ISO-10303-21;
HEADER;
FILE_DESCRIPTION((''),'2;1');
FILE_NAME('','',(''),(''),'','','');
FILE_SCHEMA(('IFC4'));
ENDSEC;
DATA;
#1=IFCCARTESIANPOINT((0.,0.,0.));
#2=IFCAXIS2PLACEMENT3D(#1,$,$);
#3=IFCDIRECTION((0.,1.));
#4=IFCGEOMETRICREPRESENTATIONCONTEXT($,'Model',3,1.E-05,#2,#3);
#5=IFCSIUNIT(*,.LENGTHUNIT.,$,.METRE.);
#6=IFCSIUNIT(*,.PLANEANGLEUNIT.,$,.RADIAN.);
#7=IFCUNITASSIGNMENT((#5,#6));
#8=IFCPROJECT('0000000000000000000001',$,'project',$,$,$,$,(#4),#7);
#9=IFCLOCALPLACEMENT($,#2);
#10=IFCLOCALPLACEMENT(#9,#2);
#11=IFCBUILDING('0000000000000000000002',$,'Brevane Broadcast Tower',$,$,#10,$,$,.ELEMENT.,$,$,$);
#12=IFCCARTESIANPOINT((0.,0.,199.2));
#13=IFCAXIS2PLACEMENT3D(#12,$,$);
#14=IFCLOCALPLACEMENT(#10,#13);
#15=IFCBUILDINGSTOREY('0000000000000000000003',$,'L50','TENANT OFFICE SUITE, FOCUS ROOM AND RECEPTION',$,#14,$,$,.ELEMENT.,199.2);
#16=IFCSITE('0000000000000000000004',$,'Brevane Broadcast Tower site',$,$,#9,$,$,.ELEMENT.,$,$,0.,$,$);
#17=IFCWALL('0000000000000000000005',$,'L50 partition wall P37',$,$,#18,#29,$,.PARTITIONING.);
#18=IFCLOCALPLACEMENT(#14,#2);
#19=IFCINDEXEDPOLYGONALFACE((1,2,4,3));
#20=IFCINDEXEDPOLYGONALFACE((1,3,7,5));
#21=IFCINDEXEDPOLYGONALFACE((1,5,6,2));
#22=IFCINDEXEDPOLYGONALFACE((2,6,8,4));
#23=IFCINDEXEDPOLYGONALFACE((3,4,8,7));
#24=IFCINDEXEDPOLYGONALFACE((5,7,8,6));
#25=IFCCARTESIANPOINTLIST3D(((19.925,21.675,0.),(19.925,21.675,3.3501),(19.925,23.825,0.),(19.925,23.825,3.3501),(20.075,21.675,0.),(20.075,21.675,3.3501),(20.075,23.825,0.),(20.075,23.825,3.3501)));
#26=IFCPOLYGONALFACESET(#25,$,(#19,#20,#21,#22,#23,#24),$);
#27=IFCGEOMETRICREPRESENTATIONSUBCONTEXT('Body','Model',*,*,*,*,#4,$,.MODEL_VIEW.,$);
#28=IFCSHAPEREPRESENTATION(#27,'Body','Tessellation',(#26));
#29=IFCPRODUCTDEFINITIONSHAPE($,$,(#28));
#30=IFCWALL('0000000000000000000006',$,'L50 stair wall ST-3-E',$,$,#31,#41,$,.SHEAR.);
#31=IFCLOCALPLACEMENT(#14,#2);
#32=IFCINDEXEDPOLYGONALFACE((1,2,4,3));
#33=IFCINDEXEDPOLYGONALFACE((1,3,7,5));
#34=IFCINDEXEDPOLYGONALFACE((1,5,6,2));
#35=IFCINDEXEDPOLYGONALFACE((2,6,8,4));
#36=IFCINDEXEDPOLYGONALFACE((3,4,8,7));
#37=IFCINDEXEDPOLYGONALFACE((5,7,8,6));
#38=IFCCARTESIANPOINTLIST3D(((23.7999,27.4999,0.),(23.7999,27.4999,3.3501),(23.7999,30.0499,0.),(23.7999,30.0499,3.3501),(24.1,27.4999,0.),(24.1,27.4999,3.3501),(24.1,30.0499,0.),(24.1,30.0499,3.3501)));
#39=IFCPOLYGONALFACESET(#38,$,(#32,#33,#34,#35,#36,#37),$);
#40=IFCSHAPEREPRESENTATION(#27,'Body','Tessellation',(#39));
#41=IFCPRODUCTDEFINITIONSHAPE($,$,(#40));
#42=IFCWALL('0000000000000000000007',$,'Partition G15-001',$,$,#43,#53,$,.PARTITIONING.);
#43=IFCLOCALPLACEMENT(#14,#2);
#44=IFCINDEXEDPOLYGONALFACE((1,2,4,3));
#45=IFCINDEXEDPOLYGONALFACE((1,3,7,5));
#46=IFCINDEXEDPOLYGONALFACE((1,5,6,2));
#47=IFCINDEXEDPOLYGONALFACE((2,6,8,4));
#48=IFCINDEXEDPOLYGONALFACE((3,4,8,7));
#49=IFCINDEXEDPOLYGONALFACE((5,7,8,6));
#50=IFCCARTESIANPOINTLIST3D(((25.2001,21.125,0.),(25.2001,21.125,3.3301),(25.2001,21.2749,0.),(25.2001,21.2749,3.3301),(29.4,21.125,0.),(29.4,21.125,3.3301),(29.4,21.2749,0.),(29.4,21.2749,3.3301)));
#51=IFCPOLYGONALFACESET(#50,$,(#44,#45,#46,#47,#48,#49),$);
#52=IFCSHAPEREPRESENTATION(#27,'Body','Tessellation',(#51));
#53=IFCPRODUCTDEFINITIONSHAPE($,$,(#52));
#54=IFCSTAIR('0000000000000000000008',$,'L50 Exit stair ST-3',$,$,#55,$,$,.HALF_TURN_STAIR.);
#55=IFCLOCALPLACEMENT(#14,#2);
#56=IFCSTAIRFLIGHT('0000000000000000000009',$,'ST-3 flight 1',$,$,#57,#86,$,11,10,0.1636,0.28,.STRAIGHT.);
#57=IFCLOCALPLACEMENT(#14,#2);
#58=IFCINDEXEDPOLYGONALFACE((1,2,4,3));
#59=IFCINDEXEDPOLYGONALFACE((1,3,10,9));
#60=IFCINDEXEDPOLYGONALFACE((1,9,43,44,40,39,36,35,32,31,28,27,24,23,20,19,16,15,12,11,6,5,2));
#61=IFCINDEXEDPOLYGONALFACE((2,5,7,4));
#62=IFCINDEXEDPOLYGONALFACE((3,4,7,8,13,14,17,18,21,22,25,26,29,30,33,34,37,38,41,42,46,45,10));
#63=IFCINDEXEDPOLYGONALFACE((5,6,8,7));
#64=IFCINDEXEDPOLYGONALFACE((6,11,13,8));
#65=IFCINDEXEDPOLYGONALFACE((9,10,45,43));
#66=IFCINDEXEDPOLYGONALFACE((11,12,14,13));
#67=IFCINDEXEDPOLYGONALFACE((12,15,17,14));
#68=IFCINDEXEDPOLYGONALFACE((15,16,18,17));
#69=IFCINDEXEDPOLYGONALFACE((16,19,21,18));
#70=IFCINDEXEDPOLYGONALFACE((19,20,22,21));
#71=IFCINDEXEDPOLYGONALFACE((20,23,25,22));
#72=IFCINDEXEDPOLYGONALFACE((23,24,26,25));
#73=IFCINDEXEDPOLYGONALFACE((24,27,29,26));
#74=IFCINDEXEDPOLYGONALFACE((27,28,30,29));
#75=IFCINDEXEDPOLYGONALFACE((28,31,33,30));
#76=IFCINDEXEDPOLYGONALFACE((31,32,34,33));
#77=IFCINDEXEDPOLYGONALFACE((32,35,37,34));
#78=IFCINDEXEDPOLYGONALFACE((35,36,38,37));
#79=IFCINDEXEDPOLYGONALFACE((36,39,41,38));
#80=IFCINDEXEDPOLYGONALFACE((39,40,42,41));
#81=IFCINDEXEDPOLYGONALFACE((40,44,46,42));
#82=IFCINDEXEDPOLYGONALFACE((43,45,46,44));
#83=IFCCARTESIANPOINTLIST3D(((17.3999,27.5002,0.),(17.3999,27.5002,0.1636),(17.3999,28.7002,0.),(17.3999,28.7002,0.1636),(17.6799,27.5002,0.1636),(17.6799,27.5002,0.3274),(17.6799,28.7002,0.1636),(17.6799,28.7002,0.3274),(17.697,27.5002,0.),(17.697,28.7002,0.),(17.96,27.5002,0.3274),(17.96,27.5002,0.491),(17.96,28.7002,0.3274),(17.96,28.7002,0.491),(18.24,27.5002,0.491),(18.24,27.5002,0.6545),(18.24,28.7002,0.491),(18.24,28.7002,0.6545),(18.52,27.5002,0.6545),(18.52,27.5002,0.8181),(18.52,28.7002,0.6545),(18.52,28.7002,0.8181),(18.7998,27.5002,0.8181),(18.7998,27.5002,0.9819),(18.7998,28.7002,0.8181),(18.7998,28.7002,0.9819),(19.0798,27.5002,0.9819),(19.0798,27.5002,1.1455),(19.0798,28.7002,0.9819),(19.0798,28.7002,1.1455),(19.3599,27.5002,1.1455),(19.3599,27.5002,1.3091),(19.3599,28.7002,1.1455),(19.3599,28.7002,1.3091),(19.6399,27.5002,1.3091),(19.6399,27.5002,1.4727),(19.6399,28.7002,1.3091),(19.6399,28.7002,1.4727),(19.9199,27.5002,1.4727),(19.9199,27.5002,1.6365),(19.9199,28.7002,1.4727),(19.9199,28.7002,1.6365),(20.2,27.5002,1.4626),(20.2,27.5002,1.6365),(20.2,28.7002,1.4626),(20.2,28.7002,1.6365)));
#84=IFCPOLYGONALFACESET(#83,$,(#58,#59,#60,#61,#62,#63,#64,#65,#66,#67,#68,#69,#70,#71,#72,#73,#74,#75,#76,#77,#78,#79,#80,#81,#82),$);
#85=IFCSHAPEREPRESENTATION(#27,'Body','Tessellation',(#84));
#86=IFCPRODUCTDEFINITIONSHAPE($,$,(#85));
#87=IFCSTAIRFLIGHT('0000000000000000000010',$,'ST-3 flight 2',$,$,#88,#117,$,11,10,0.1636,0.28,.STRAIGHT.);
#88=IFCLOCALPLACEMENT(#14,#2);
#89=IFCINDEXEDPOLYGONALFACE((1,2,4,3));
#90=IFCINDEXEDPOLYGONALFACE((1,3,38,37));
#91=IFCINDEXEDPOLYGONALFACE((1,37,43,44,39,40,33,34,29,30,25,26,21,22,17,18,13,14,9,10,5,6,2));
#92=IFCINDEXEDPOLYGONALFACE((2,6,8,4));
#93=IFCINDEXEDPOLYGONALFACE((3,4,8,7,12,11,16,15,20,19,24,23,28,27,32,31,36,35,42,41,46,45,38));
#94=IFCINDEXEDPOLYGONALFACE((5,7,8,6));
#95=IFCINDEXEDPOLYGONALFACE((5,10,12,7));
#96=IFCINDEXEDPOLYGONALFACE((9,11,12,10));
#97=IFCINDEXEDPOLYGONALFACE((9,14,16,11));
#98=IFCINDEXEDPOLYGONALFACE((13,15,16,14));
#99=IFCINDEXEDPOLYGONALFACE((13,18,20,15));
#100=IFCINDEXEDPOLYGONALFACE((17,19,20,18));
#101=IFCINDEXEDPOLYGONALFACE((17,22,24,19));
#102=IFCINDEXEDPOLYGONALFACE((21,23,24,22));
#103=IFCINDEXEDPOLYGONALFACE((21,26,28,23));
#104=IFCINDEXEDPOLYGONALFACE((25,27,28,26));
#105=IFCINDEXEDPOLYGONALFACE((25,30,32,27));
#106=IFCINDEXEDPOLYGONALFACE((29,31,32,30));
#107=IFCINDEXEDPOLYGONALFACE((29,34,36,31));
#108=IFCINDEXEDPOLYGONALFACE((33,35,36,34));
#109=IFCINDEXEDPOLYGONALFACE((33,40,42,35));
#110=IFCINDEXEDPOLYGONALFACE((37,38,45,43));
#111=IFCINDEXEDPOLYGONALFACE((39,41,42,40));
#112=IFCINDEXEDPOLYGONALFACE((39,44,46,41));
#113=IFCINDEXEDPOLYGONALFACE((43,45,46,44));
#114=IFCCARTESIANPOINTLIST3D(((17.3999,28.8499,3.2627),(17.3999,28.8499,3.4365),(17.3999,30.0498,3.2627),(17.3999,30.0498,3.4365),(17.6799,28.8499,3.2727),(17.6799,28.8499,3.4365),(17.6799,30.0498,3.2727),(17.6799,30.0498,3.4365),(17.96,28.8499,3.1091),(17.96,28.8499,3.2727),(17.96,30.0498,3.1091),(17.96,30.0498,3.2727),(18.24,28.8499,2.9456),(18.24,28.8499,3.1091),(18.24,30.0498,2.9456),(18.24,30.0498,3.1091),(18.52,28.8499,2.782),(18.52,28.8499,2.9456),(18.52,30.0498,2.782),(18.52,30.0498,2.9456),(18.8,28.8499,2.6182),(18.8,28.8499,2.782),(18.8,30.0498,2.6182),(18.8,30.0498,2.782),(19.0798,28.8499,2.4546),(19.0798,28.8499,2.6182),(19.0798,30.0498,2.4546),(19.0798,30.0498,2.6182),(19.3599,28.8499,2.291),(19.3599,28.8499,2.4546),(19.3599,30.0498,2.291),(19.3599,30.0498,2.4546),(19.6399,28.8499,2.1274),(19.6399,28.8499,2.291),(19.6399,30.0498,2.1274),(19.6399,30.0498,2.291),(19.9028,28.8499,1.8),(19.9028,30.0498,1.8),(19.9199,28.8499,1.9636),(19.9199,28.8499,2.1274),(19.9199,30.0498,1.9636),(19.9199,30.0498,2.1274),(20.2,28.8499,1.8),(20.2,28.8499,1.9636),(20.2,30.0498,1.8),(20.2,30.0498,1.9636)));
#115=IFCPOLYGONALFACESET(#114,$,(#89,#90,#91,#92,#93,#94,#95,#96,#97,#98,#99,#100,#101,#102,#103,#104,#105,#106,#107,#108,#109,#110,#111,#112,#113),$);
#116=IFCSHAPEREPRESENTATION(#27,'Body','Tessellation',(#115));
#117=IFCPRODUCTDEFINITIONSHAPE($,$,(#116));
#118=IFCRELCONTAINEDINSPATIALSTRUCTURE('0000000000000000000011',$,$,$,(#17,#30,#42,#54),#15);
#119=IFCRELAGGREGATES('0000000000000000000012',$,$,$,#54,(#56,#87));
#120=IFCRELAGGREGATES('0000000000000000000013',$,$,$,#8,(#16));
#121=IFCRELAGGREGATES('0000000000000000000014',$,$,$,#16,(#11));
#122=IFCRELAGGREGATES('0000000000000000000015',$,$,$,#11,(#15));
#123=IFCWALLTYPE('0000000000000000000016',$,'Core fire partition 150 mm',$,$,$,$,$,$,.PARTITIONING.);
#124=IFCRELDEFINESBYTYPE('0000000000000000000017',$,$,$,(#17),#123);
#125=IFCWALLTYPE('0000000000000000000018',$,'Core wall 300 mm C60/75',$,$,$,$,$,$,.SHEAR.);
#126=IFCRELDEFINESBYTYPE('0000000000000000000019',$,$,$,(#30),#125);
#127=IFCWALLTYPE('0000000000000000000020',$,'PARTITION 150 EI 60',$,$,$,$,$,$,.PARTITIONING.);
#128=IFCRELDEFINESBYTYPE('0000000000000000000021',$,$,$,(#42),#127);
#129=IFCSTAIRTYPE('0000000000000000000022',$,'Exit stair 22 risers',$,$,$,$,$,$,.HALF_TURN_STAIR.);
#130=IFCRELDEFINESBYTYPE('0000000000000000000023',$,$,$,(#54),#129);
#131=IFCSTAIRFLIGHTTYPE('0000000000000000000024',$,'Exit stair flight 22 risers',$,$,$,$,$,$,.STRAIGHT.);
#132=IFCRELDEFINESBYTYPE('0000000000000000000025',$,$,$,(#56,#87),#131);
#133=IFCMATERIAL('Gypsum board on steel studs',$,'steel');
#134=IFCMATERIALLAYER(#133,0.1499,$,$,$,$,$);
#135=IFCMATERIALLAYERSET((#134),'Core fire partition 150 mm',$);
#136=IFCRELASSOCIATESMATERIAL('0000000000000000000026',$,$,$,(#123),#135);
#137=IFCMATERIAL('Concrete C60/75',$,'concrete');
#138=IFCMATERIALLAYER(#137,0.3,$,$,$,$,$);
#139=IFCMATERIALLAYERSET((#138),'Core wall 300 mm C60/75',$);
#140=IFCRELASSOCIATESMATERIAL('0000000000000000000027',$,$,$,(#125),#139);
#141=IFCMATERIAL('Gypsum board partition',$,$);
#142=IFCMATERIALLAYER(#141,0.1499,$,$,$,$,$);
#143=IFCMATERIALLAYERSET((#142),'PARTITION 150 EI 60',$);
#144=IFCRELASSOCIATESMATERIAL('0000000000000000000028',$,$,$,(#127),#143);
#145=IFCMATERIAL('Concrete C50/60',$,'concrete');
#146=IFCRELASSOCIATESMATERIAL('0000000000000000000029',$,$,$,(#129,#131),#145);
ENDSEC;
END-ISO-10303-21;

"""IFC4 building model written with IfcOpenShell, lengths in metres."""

from ifc_helpers import new_model, si_unit, direction, frame, frame_2d, origin, place, context, subcontext, project, spatial, polyline, rectangle, outline, extrude, material, layer, layer_set, type_object, element, aggregate, save


model = new_model("IFC4")

# Units and contexts
model_context = context("Model", 3, precision=1e-05, world=origin(), true_north=direction((0.0, 1.0)))
body_context = subcontext(model_context, "Body", "Model", "MODEL_VIEW")
ifc_project = project(units=[si_unit("LENGTHUNIT", "METRE"), si_unit("PLANEANGLEUNIT", "RADIAN")], contexts=[model_context])

# Site, building, storey
site_placement = place(None, origin())
site = spatial("IfcSite", under=ifc_project, at=site_placement, Name="Brevane Broadcast Tower site", CompositionType="ELEMENT", RefElevation=0.0)
building_placement = place(site_placement, origin())
building = spatial("IfcBuilding", under=site, at=building_placement, Name="Brevane Broadcast Tower", CompositionType="ELEMENT")
storey_placement = place(building_placement, frame((0.0, 0.0, 199.2)))
storey = spatial("IfcBuildingStorey", under=building, at=storey_placement, Name="L50", Description="TENANT OFFICE SUITE, FOCUS ROOM AND RECEPTION", CompositionType="ELEMENT", Elevation=199.2)

# Shared definitions
ifc_material_1 = material(Name="Concrete C60/75", Category="concrete")

# Shared definitions
ifc_material_2 = material(Name="Gypsum board on steel studs", Category="steel")
ifc_layer_1 = layer(ifc_material_2, 0.1499)
ifc_layer_set_1 = layer_set([ifc_layer_1], Name="Core fire partition 150 mm")
wall_type_1 = type_object("IfcWallType", Name="Core fire partition 150 mm", PredefinedType="PARTITIONING", material=ifc_layer_set_1)

# Walls
wall_1_placement = place(storey_placement, frame((20.0, 21.675, 0.0), z_axis=(0.0, 0.0, 1.0), x_axis=(0.0, 1.0, 0.0)))
element("IfcWall", 1, at=wall_1_placement, inside=storey, type_object=wall_type_1, Name="L50 partition wall P37", PredefinedType="PARTITIONING", context=body_context, shape_type="SweptSolid", body=[
    extrude(rectangle(XDim=2.1499, YDim=0.1499, at=frame_2d((1.075, 0.0))), origin(), (0.0, 0.0, 1.0), 3.3501),
])
ifc_layer_2 = layer(ifc_material_1, 0.3)
ifc_layer_set_2 = layer_set([ifc_layer_2], Name="Core wall 300 mm C60/75")
wall_type_2 = type_object("IfcWallType", Name="Core wall 300 mm C60/75", PredefinedType="SHEAR", material=ifc_layer_set_2)
wall_2_placement = place(storey_placement, frame((23.95, 27.5, 0.0), z_axis=(0.0, 0.0, 1.0), x_axis=(0.0, 1.0, 0.0)))
element("IfcWall", 2, at=wall_2_placement, inside=storey, type_object=wall_type_2, Name="L50 stair wall ST-3-E", PredefinedType="SHEAR", context=body_context, shape_type="SweptSolid", body=[
    extrude(rectangle(XDim=2.55, YDim=0.3, at=frame_2d((1.2749, 0.0))), origin(), (0.0, 0.0, 1.0), 3.3501),
])
ifc_material_3 = material(Name="Gypsum board partition")
ifc_layer_3 = layer(ifc_material_3, 0.1499)
ifc_layer_set_3 = layer_set([ifc_layer_3], Name="PARTITION 150 EI 60")
wall_type_3 = type_object("IfcWallType", Name="PARTITION 150 EI 60", PredefinedType="PARTITIONING", material=ifc_layer_set_3)
wall_3_placement = place(storey_placement, frame((25.2, 21.2, 0.0), z_axis=(0.0, 0.0, 1.0), x_axis=(1.0, 0.0, 0.0)))
element("IfcWall", 3, at=wall_3_placement, inside=storey, type_object=wall_type_3, Name="Partition G15-001", PredefinedType="PARTITIONING", context=body_context, shape_type="SweptSolid", body=[
    extrude(rectangle(XDim=4.2, YDim=0.1499, at=frame_2d((2.1001, 0.0))), origin(), (0.0, 0.0, 1.0), 3.3301),
])

# Stair, stair flights
ifc_material_4 = material(Name="Concrete C50/60", Category="concrete")
stair_type = type_object("IfcStairType", Name="Exit stair 22 risers", PredefinedType="HALF_TURN_STAIR", material=ifc_material_4)
stair_placement = place(storey_placement, origin())
stair = element("IfcStair", 4, at=stair_placement, inside=storey, type_object=stair_type, Name="L50 Exit stair ST-3", PredefinedType="HALF_TURN_STAIR")
stair_flight_type = type_object("IfcStairFlightType", Name="Exit stair flight 22 risers", PredefinedType="STRAIGHT", material=ifc_material_4)
stair_flight_1_placement = place(storey_placement, frame((17.3999, 28.1001, 0.0), z_axis=(0.0, 0.0, 1.0), x_axis=(1.0, 0.0, 0.0)))
stair_flight_1 = element("IfcStairFlight", 5, at=stair_flight_1_placement, type_object=stair_flight_type, Name="ST-3 flight 1", NumberOfRisers=11, NumberOfTreads=10, PredefinedType="STRAIGHT", RiserHeight=0.1636, TreadLength=0.28, context=body_context, shape_type="SweptSolid", body=[
    extrude(outline(polyline([(0.0, 0.0), (0.0, 0.1636), (0.28, 0.1636), (0.28, 0.3274), (0.5601, 0.3274), (0.5601, 0.491), (0.8401, 0.491), (0.8401, 0.6545), (1.1201, 0.6545), (1.1201, 0.8181), (1.3999, 0.8181), (1.3999, 0.9819), (1.6799, 0.9819), (1.6799, 1.1455), (1.96, 1.1455), (1.96, 1.3091), (2.24, 1.3091), (2.24, 1.4727), (2.52, 1.4727), (2.52, 1.6365), (2.8, 1.6365), (2.8, 1.8), (2.8, 1.4626), (0.2971, 0.0), (0.0, 0.0)])), frame((0.0, 0.6001, 0.0), z_axis=(0.0, -1.0, 0.0), x_axis=(1.0, 0.0, 0.0)), (0.0, 0.0, 1.0), 1.2),
])
stair_flight_2_placement = place(storey_placement, frame((20.2, 29.45, 1.8), z_axis=(0.0, 0.0, 1.0), x_axis=(-1.0, 0.0, 0.0)))
stair_flight_2 = element("IfcStairFlight", 6, at=stair_flight_2_placement, type_object=stair_flight_type, Name="ST-3 flight 2", NumberOfRisers=11, NumberOfTreads=10, PredefinedType="STRAIGHT", RiserHeight=0.1636, TreadLength=0.28, context=body_context, shape_type="SweptSolid", body=[
    extrude(outline(polyline([(0.0, 0.0), (0.0, 0.1636), (0.28, 0.1636), (0.28, 0.3274), (0.5601, 0.3274), (0.5601, 0.491), (0.8401, 0.491), (0.8401, 0.6545), (1.1201, 0.6545), (1.1201, 0.8181), (1.3999, 0.8181), (1.3999, 0.9819), (1.6799, 0.9819), (1.6799, 1.1455), (1.96, 1.1455), (1.96, 1.3091), (2.24, 1.3091), (2.24, 1.4727), (2.52, 1.4727), (2.52, 1.6365), (2.8, 1.6365), (2.8, 1.8), (2.8, 1.4626), (0.2971, 0.0), (0.0, 0.0)])), frame((0.0, 0.6001, 0.0), z_axis=(0.0, -1.0, 0.0), x_axis=(1.0, 0.0, 0.0)), (0.0, 0.0, 1.0), 1.2),
])
aggregate(stair, [stair_flight_1, stair_flight_2])

save(model, "model.ifc")
